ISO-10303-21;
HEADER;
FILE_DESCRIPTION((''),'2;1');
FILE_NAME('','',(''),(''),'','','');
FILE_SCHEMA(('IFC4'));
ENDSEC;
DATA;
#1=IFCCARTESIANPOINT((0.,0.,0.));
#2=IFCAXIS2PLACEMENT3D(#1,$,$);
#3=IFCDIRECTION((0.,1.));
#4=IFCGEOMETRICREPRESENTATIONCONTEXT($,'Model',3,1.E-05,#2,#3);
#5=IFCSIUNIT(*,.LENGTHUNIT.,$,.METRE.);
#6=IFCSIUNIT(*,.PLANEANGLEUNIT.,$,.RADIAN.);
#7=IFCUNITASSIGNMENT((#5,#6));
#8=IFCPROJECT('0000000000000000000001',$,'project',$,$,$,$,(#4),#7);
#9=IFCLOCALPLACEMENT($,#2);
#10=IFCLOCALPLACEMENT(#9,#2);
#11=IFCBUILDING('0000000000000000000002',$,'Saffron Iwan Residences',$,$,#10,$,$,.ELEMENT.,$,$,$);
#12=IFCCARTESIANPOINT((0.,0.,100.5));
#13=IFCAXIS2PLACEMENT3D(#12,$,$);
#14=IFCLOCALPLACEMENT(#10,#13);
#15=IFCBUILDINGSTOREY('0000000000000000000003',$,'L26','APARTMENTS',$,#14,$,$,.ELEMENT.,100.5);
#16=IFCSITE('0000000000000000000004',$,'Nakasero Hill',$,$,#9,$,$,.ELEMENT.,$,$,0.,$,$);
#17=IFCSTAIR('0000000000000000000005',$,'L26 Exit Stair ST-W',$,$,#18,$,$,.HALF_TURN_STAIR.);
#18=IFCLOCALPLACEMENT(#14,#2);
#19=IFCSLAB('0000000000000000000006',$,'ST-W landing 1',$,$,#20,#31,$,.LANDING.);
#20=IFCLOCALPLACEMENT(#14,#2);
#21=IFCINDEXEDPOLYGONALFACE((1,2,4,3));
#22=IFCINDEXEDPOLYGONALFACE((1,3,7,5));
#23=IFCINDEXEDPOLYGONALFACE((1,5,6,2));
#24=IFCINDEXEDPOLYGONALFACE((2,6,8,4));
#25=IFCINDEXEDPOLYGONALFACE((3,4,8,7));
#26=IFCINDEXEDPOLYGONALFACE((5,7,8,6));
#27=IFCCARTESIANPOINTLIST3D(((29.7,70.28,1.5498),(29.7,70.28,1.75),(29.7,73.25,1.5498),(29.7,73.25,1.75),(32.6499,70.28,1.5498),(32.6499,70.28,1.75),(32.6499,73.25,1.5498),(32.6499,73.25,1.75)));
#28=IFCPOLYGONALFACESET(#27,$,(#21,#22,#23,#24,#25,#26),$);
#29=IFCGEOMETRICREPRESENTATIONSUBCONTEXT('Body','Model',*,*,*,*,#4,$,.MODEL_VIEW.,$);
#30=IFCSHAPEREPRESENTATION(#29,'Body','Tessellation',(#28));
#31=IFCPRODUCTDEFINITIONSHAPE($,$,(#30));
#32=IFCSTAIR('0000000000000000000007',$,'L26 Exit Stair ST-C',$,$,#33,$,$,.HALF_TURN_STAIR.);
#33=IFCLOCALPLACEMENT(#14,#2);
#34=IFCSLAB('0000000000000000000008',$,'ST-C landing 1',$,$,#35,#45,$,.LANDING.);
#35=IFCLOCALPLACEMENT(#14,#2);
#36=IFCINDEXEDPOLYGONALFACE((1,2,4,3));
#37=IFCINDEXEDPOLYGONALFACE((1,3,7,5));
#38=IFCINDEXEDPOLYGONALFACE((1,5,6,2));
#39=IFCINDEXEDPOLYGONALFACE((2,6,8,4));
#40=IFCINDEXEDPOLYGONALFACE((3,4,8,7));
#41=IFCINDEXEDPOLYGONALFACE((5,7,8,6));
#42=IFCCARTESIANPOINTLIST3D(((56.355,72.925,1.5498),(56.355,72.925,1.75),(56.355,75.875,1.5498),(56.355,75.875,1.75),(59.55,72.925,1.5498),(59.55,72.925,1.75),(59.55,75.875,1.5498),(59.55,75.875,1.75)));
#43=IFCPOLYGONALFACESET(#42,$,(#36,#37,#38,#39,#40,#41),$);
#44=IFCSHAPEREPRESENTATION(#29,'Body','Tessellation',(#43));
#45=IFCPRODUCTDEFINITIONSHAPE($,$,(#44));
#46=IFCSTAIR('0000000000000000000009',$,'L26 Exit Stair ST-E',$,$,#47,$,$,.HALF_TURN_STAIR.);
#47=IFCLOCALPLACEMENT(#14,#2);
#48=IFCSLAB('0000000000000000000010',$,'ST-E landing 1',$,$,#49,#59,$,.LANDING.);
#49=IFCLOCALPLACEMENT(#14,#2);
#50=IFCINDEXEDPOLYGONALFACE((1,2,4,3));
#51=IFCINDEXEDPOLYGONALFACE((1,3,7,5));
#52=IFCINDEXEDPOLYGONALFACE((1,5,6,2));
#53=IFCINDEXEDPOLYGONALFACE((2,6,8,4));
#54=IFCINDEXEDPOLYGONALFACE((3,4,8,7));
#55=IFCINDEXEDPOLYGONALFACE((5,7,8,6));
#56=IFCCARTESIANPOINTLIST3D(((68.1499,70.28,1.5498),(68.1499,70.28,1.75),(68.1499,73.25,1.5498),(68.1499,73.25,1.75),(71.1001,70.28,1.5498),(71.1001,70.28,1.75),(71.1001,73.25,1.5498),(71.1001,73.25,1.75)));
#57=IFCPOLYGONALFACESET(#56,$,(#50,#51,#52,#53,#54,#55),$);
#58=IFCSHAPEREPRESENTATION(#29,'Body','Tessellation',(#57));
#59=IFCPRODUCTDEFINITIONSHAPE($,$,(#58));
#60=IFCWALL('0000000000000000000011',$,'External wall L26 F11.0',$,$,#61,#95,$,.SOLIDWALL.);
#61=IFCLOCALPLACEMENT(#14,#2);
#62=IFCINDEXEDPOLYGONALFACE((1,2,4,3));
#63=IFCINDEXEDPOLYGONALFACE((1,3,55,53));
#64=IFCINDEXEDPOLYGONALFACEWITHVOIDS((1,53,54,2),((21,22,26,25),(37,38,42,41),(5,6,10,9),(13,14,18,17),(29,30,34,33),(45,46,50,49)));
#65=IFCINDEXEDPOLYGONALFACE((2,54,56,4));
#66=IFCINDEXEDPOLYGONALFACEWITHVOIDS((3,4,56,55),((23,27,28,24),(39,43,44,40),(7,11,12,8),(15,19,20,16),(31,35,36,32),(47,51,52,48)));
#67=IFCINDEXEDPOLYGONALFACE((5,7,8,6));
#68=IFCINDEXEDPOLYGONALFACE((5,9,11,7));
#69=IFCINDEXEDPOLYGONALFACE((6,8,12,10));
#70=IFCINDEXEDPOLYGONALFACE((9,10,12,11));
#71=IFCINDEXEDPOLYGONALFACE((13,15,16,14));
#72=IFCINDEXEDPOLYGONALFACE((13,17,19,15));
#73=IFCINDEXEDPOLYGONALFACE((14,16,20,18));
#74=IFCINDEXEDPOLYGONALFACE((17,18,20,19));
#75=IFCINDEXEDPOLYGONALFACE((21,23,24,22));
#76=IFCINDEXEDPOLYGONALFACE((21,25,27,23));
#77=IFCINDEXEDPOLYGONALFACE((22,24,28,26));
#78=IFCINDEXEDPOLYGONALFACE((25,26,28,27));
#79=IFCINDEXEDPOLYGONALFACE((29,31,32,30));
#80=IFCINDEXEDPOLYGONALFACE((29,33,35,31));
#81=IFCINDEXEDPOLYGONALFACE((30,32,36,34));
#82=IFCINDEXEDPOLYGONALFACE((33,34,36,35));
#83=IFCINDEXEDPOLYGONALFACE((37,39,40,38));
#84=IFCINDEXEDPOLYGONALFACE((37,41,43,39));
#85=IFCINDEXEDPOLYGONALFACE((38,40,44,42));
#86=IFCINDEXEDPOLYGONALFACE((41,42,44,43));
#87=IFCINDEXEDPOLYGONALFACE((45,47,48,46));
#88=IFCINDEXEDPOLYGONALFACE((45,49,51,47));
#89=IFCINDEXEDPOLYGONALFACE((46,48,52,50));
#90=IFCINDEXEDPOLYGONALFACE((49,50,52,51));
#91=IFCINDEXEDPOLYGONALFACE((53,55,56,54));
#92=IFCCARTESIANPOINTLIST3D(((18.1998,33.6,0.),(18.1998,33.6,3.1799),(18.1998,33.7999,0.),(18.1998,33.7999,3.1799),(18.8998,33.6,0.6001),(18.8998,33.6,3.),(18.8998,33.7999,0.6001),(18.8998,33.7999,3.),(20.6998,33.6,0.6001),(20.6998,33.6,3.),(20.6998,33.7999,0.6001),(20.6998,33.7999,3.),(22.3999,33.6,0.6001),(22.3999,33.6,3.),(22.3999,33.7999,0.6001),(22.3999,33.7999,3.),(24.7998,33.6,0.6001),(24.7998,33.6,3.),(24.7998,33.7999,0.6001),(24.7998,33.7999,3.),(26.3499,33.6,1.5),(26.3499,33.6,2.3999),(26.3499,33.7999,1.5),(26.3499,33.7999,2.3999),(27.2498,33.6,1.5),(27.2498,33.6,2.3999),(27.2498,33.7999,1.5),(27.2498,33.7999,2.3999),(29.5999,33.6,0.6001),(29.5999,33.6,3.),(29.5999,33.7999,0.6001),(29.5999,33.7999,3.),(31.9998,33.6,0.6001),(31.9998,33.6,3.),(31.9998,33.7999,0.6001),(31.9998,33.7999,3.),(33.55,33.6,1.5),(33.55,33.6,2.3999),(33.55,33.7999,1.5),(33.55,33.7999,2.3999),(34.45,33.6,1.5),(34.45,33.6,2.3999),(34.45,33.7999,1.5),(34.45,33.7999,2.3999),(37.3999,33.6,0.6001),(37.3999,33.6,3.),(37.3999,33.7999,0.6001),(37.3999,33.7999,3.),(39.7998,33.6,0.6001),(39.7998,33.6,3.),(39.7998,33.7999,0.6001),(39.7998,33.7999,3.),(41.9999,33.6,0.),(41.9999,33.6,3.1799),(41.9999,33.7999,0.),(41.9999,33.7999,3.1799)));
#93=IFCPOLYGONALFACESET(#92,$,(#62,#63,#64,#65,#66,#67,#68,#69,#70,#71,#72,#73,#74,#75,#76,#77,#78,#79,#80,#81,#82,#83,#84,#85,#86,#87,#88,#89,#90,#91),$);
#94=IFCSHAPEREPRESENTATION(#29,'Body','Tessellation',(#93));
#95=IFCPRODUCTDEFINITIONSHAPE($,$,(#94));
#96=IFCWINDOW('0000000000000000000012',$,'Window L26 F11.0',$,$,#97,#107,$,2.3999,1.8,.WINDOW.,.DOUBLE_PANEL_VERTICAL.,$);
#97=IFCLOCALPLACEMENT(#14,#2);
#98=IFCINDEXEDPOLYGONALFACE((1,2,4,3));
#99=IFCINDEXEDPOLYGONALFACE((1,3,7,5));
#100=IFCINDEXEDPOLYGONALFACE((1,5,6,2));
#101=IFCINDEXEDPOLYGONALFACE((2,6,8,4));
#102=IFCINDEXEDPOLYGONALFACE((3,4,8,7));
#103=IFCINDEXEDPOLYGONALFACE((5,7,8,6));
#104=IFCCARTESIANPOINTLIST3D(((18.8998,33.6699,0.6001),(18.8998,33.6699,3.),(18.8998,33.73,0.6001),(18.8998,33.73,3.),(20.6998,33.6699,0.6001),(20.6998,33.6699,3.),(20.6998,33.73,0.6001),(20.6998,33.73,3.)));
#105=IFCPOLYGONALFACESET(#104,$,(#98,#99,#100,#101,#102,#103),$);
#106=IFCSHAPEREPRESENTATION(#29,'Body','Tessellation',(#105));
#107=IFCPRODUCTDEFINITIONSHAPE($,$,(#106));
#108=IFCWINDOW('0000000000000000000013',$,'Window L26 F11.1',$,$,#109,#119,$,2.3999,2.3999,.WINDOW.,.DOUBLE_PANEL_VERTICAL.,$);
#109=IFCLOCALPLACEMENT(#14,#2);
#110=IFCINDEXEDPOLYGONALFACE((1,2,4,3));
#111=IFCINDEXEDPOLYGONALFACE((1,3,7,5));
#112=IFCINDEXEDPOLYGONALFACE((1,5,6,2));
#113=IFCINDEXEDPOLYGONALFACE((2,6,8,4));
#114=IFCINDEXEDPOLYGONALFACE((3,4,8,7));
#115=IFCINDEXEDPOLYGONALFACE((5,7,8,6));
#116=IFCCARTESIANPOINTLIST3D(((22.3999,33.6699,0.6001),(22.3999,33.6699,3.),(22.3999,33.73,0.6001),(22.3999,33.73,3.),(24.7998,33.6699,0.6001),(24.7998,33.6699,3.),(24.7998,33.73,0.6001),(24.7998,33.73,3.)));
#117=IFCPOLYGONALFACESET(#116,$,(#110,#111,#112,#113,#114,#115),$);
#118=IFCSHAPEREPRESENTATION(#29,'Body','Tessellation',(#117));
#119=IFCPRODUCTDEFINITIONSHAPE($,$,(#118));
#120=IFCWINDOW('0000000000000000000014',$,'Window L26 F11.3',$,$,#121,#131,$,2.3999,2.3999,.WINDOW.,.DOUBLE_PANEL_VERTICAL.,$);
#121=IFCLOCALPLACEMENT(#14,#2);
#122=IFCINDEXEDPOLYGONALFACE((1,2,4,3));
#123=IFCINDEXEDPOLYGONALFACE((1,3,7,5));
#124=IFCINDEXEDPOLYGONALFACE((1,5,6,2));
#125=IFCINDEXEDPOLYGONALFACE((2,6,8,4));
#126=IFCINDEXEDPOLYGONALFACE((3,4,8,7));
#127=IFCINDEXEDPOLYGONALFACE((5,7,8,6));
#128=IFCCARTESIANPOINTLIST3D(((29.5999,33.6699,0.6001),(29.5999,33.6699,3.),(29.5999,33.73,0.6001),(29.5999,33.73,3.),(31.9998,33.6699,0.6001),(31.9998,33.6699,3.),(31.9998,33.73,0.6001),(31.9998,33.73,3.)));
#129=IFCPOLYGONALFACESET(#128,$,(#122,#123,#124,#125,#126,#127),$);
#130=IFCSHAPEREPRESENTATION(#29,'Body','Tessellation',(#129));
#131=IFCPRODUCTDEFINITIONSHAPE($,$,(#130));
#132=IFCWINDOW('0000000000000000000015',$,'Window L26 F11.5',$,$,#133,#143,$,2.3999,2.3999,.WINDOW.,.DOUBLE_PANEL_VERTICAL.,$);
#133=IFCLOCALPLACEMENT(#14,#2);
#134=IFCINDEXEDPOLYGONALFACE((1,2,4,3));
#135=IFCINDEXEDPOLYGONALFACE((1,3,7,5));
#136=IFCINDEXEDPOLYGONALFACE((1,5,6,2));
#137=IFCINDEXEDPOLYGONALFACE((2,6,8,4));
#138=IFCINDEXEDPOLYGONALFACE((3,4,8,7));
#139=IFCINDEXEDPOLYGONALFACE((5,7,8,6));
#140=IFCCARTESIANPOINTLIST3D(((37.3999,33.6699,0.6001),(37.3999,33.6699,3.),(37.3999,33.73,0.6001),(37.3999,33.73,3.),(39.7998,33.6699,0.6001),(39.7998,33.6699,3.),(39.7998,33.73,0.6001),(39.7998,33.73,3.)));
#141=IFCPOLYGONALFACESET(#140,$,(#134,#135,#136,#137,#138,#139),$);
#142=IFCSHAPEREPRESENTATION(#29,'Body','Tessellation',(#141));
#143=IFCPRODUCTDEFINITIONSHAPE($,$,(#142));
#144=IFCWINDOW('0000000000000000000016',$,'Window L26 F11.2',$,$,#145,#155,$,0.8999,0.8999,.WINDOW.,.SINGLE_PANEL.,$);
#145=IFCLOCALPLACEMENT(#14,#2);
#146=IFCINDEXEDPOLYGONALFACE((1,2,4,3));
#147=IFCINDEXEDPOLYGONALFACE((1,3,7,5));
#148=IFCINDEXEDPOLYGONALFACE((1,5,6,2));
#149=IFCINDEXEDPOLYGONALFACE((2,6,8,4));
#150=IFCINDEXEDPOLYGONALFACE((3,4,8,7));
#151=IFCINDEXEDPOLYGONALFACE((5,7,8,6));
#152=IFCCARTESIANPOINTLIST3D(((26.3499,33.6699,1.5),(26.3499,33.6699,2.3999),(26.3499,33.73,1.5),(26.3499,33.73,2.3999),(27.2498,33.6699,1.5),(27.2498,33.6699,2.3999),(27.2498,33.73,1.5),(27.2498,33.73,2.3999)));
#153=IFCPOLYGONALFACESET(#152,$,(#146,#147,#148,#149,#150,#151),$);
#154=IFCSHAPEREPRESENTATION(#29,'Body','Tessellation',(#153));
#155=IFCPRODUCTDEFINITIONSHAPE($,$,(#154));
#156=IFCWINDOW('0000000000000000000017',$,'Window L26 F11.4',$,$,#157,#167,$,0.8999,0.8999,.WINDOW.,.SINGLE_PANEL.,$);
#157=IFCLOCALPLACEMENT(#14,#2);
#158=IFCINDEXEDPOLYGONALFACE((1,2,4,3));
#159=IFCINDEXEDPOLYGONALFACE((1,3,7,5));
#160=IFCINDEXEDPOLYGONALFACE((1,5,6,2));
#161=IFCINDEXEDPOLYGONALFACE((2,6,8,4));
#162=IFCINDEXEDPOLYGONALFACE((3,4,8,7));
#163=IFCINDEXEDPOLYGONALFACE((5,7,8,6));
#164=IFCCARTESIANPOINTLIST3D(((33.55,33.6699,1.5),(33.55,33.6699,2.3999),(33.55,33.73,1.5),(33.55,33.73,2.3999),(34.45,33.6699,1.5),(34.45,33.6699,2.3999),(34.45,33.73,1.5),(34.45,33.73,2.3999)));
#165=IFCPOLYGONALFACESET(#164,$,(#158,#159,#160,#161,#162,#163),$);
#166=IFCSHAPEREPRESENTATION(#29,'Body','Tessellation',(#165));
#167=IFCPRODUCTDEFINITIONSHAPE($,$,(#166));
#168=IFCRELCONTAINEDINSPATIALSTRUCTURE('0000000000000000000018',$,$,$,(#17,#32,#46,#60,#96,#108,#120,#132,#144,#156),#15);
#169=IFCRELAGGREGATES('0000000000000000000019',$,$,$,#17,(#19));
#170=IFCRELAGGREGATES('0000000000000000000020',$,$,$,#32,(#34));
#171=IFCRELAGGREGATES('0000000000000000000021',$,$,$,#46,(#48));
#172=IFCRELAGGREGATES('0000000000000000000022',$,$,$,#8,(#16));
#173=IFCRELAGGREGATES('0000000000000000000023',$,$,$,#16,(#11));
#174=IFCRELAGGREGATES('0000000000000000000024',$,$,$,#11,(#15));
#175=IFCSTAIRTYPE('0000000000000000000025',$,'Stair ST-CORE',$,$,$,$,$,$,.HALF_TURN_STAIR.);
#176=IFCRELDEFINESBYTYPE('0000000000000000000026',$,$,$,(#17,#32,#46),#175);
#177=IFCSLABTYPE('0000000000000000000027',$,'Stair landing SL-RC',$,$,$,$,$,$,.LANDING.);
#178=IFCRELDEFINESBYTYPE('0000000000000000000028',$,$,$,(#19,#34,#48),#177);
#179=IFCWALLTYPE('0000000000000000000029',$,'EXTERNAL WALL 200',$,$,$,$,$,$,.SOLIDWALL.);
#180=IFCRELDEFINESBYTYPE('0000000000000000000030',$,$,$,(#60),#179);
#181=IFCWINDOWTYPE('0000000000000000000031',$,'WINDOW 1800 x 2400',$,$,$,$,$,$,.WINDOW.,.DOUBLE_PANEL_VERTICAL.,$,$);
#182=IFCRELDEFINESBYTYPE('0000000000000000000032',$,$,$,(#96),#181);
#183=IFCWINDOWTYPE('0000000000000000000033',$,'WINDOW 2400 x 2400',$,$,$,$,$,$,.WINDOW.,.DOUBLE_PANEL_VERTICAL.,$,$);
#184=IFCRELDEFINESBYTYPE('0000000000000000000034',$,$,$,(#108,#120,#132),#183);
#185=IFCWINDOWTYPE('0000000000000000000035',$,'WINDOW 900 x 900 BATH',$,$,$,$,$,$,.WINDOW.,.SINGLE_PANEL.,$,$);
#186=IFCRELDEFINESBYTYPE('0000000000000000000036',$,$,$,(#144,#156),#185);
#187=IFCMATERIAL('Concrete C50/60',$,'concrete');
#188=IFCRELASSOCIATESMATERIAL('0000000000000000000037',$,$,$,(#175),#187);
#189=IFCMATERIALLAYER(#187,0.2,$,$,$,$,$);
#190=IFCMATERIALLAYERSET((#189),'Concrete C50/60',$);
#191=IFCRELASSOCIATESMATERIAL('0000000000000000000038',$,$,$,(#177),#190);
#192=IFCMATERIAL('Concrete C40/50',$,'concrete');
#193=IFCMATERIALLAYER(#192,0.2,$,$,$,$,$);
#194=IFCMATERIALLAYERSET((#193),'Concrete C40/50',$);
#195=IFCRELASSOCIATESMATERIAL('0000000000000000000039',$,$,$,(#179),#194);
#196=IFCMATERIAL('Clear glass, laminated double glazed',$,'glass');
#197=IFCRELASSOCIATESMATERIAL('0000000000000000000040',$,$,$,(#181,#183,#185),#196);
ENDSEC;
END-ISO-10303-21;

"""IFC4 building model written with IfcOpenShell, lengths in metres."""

from ifc_helpers import new_model, si_unit, direction, frame, frame_2d, origin, place, context, subcontext, project, spatial, polyline, rectangle, outline, extrude, material, layer, layer_set, type_object, element, fill, aggregate, save


model = new_model("IFC4")

# Units and contexts
model_context = context("Model", 3, precision=1e-05, world=origin(), true_north=direction((0.0, 1.0)))
body_context = subcontext(model_context, "Body", "Model", "MODEL_VIEW")
ifc_project = project(units=[si_unit("LENGTHUNIT", "METRE"), si_unit("PLANEANGLEUNIT", "RADIAN")], contexts=[model_context])

# Site, building, storey
site_placement = place(None, origin())
site = spatial("IfcSite", under=ifc_project, at=site_placement, Name="Nakasero Hill", CompositionType="ELEMENT", RefElevation=0.0)
building_placement = place(site_placement, origin())
building = spatial("IfcBuilding", under=site, at=building_placement, Name="Saffron Iwan Residences", CompositionType="ELEMENT")
storey_placement = place(building_placement, frame((0.0, 0.0, 100.5)))
storey = spatial("IfcBuildingStorey", under=building, at=storey_placement, Name="L26", Description="APARTMENTS", CompositionType="ELEMENT", Elevation=100.5)

# Stairs, slabs
ifc_material_1 = material(Name="Concrete C50/60", Category="concrete")
stair_type = type_object("IfcStairType", Name="Stair ST-CORE", PredefinedType="HALF_TURN_STAIR", material=ifc_material_1)
stair_1_placement = place(storey_placement, origin())
stair_1 = element("IfcStair", 1, at=stair_1_placement, inside=storey, type_object=stair_type, Name="L26 Exit Stair ST-W", PredefinedType="HALF_TURN_STAIR")
ifc_layer_1 = layer(ifc_material_1, 0.2)
ifc_layer_set_1 = layer_set([ifc_layer_1], Name="Concrete C50/60")
slab_type = type_object("IfcSlabType", Name="Stair landing SL-RC", PredefinedType="LANDING", material=ifc_layer_set_1)
slab_1_placement = place(storey_placement, frame((0.0, 0.0, 1.5498)))
slab_1 = element("IfcSlab", 2, at=slab_1_placement, type_object=slab_type, Name="ST-W landing 1", PredefinedType="LANDING", context=body_context, shape_type="SweptSolid", body=[
    extrude(outline(polyline([(32.6499, 70.28), (32.6499, 73.25), (29.7, 73.25), (29.7, 70.28), (32.6499, 70.28)])), origin(), (0.0, 0.0, 1.0), 0.2002),
])
aggregate(stair_1, [slab_1])
stair_2_placement = place(storey_placement, origin())
stair_2 = element("IfcStair", 3, at=stair_2_placement, inside=storey, type_object=stair_type, Name="L26 Exit Stair ST-C", PredefinedType="HALF_TURN_STAIR")
slab_2_placement = place(storey_placement, frame((0.0, 0.0, 1.5498)))
slab_2 = element("IfcSlab", 4, at=slab_2_placement, type_object=slab_type, Name="ST-C landing 1", PredefinedType="LANDING", context=body_context, shape_type="SweptSolid", body=[
    extrude(outline(polyline([(56.355, 72.925), (59.55, 72.925), (59.55, 75.875), (56.355, 75.875), (56.355, 72.925)])), origin(), (0.0, 0.0, 1.0), 0.2002),
])
aggregate(stair_2, [slab_2])
stair_3_placement = place(storey_placement, origin())
stair_3 = element("IfcStair", 5, at=stair_3_placement, inside=storey, type_object=stair_type, Name="L26 Exit Stair ST-E", PredefinedType="HALF_TURN_STAIR")
slab_3_placement = place(storey_placement, frame((0.0, 0.0, 1.5498)))
slab_3 = element("IfcSlab", 6, at=slab_3_placement, type_object=slab_type, Name="ST-E landing 1", PredefinedType="LANDING", context=body_context, shape_type="SweptSolid", body=[
    extrude(outline(polyline([(71.1001, 70.28), (71.1001, 73.25), (68.1499, 73.25), (68.1499, 70.28), (71.1001, 70.28)])), origin(), (0.0, 0.0, 1.0), 0.2002),
])
aggregate(stair_3, [slab_3])

# Wall, openings, windows
ifc_material_2 = material(Name="Concrete C40/50", Category="concrete")
ifc_layer_2 = layer(ifc_material_2, 0.2)
ifc_layer_set_2 = layer_set([ifc_layer_2], Name="Concrete C40/50")
wall_type_1 = type_object("IfcWallType", Name="EXTERNAL WALL 200", PredefinedType="SOLIDWALL", material=ifc_layer_set_2)
wall_1_placement = place(storey_placement, frame((18.2, 33.7, 0.0), z_axis=(0.0, 0.0, 1.0), x_axis=(1.0, 0.0, 0.0)))
wall_1 = element("IfcWall", 7, at=wall_1_placement, inside=storey, type_object=wall_type_1, Name="External wall L26 F11.0", PredefinedType="SOLIDWALL", context=body_context, shape_type="SweptSolid", body=[
    extrude(rectangle(XDim=23.8, YDim=0.2, at=frame_2d((11.8999, 0.0))), origin(), (0.0, 0.0, 1.0), 3.1799),
])
opening_1_placement = place(wall_1_placement, frame((0.7, 0.0, 0.6001)))
opening_1 = element("IfcOpeningElement", 8, at=opening_1_placement, cuts=wall_1, PredefinedType="OPENING", context=body_context, shape_type="SweptSolid", body=[
    extrude(rectangle(XDim=1.8, YDim=2.3999, at=frame_2d((0.8999, 1.2))), frame((0.0, 0.1099, 0.0), z_axis=(0.0, -1.0, 0.0), x_axis=(1.0, 0.0, 0.0)), (0.0, 0.0, 1.0), 0.22),
])
opening_2_placement = place(wall_1_placement, frame((4.2, 0.0, 0.6001)))
opening_2 = element("IfcOpeningElement", 9, at=opening_2_placement, cuts=wall_1, PredefinedType="OPENING", context=body_context, shape_type="SweptSolid", body=[
    extrude(rectangle(XDim=2.3999, YDim=2.3999, at=frame_2d((1.2, 1.2))), frame((0.0, 0.1099, 0.0), z_axis=(0.0, -1.0, 0.0), x_axis=(1.0, 0.0, 0.0)), (0.0, 0.0, 1.0), 0.22),
])
opening_3_placement = place(wall_1_placement, frame((8.1499, 0.0, 1.5)))
opening_3 = element("IfcOpeningElement", 10, at=opening_3_placement, cuts=wall_1, PredefinedType="OPENING", context=body_context, shape_type="SweptSolid", body=[
    extrude(rectangle(XDim=0.8999, YDim=0.8999, at=frame_2d((0.45, 0.45))), frame((0.0, 0.1099, 0.0), z_axis=(0.0, -1.0, 0.0), x_axis=(1.0, 0.0, 0.0)), (0.0, 0.0, 1.0), 0.22),
])
opening_4_placement = place(wall_1_placement, frame((11.3999, 0.0, 0.6001)))
opening_4 = element("IfcOpeningElement", 11, at=opening_4_placement, cuts=wall_1, PredefinedType="OPENING", context=body_context, shape_type="SweptSolid", body=[
    extrude(rectangle(XDim=2.3999, YDim=2.3999, at=frame_2d((1.2, 1.2))), frame((0.0, 0.1099, 0.0), z_axis=(0.0, -1.0, 0.0), x_axis=(1.0, 0.0, 0.0)), (0.0, 0.0, 1.0), 0.22),
])
opening_5_placement = place(wall_1_placement, frame((15.3501, 0.0, 1.5)))
opening_5 = element("IfcOpeningElement", 12, at=opening_5_placement, cuts=wall_1, PredefinedType="OPENING", context=body_context, shape_type="SweptSolid", body=[
    extrude(rectangle(XDim=0.8999, YDim=0.8999, at=frame_2d((0.45, 0.45))), frame((0.0, 0.1099, 0.0), z_axis=(0.0, -1.0, 0.0), x_axis=(1.0, 0.0, 0.0)), (0.0, 0.0, 1.0), 0.22),
])
opening_6_placement = place(wall_1_placement, frame((19.2, 0.0, 0.6001)))
opening_6 = element("IfcOpeningElement", 13, at=opening_6_placement, cuts=wall_1, PredefinedType="OPENING", context=body_context, shape_type="SweptSolid", body=[
    extrude(rectangle(XDim=2.3999, YDim=2.3999, at=frame_2d((1.2, 1.2))), frame((0.0, 0.1099, 0.0), z_axis=(0.0, -1.0, 0.0), x_axis=(1.0, 0.0, 0.0)), (0.0, 0.0, 1.0), 0.22),
])
ifc_material_3 = material(Name="Clear glass, laminated double glazed", Category="glass")
window_type_1 = type_object("IfcWindowType", Name="WINDOW 1800 x 2400", PartitioningType="DOUBLE_PANEL_VERTICAL", PredefinedType="WINDOW", material=ifc_material_3)
window_1_placement = place(opening_1_placement, origin())
window_1 = element("IfcWindow", 14, at=window_1_placement, inside=storey, type_object=window_type_1, Name="Window L26 F11.0", OverallHeight=2.3999, OverallWidth=1.8, PartitioningType="DOUBLE_PANEL_VERTICAL", PredefinedType="WINDOW", context=body_context, shape_type="SweptSolid", body=[
    extrude(rectangle(XDim=1.8, YDim=2.3999, at=frame_2d((0.8999, 1.2))), frame((0.0, 0.03, 0.0), z_axis=(0.0, -1.0, 0.0), x_axis=(1.0, 0.0, 0.0)), (0.0, 0.0, 1.0), 0.0601),
])
fill(opening_1, window_1)
window_type_2 = type_object("IfcWindowType", Name="WINDOW 2400 x 2400", PartitioningType="DOUBLE_PANEL_VERTICAL", PredefinedType="WINDOW", material=ifc_material_3)
window_2_placement = place(opening_2_placement, origin())
window_2 = element("IfcWindow", 15, at=window_2_placement, inside=storey, type_object=window_type_2, Name="Window L26 F11.1", OverallHeight=2.3999, OverallWidth=2.3999, PartitioningType="DOUBLE_PANEL_VERTICAL", PredefinedType="WINDOW", context=body_context, shape_type="SweptSolid", body=[
    extrude(rectangle(XDim=2.3999, YDim=2.3999, at=frame_2d((1.2, 1.2))), frame((0.0, 0.03, 0.0), z_axis=(0.0, -1.0, 0.0), x_axis=(1.0, 0.0, 0.0)), (0.0, 0.0, 1.0), 0.0601),
])
fill(opening_2, window_2)
window_3_placement = place(opening_4_placement, origin())
window_3 = element("IfcWindow", 16, at=window_3_placement, inside=storey, type_object=window_type_2, Name="Window L26 F11.3", OverallHeight=2.3999, OverallWidth=2.3999, PartitioningType="DOUBLE_PANEL_VERTICAL", PredefinedType="WINDOW", context=body_context, shape_type="SweptSolid", body=[
    extrude(rectangle(XDim=2.3999, YDim=2.3999, at=frame_2d((1.2, 1.2))), frame((0.0, 0.03, 0.0), z_axis=(0.0, -1.0, 0.0), x_axis=(1.0, 0.0, 0.0)), (0.0, 0.0, 1.0), 0.0601),
])
fill(opening_4, window_3)
window_4_placement = place(opening_6_placement, origin())
window_4 = element("IfcWindow", 17, at=window_4_placement, inside=storey, type_object=window_type_2, Name="Window L26 F11.5", OverallHeight=2.3999, OverallWidth=2.3999, PartitioningType="DOUBLE_PANEL_VERTICAL", PredefinedType="WINDOW", context=body_context, shape_type="SweptSolid", body=[
    extrude(rectangle(XDim=2.3999, YDim=2.3999, at=frame_2d((1.2, 1.2))), frame((0.0, 0.03, 0.0), z_axis=(0.0, -1.0, 0.0), x_axis=(1.0, 0.0, 0.0)), (0.0, 0.0, 1.0), 0.0601),
])
fill(opening_6, window_4)
window_type_3 = type_object("IfcWindowType", Name="WINDOW 900 x 900 BATH", PartitioningType="SINGLE_PANEL", PredefinedType="WINDOW", material=ifc_material_3)
window_5_placement = place(opening_3_placement, origin())
window_5 = element("IfcWindow", 18, at=window_5_placement, inside=storey, type_object=window_type_3, Name="Window L26 F11.2", OverallHeight=0.8999, OverallWidth=0.8999, PartitioningType="SINGLE_PANEL", PredefinedType="WINDOW", context=body_context, shape_type="SweptSolid", body=[
    extrude(rectangle(XDim=0.8999, YDim=0.8999, at=frame_2d((0.45, 0.45))), frame((0.0, 0.03, 0.0), z_axis=(0.0, -1.0, 0.0), x_axis=(1.0, 0.0, 0.0)), (0.0, 0.0, 1.0), 0.0601),
])
fill(opening_3, window_5)
window_6_placement = place(opening_5_placement, origin())
window_6 = element("IfcWindow", 19, at=window_6_placement, inside=storey, type_object=window_type_3, Name="Window L26 F11.4", OverallHeight=0.8999, OverallWidth=0.8999, PartitioningType="SINGLE_PANEL", PredefinedType="WINDOW", context=body_context, shape_type="SweptSolid", body=[
    extrude(rectangle(XDim=0.8999, YDim=0.8999, at=frame_2d((0.45, 0.45))), frame((0.0, 0.03, 0.0), z_axis=(0.0, -1.0, 0.0), x_axis=(1.0, 0.0, 0.0)), (0.0, 0.0, 1.0), 0.0601),
])
fill(opening_5, window_6)

save(model, "model.ifc")
